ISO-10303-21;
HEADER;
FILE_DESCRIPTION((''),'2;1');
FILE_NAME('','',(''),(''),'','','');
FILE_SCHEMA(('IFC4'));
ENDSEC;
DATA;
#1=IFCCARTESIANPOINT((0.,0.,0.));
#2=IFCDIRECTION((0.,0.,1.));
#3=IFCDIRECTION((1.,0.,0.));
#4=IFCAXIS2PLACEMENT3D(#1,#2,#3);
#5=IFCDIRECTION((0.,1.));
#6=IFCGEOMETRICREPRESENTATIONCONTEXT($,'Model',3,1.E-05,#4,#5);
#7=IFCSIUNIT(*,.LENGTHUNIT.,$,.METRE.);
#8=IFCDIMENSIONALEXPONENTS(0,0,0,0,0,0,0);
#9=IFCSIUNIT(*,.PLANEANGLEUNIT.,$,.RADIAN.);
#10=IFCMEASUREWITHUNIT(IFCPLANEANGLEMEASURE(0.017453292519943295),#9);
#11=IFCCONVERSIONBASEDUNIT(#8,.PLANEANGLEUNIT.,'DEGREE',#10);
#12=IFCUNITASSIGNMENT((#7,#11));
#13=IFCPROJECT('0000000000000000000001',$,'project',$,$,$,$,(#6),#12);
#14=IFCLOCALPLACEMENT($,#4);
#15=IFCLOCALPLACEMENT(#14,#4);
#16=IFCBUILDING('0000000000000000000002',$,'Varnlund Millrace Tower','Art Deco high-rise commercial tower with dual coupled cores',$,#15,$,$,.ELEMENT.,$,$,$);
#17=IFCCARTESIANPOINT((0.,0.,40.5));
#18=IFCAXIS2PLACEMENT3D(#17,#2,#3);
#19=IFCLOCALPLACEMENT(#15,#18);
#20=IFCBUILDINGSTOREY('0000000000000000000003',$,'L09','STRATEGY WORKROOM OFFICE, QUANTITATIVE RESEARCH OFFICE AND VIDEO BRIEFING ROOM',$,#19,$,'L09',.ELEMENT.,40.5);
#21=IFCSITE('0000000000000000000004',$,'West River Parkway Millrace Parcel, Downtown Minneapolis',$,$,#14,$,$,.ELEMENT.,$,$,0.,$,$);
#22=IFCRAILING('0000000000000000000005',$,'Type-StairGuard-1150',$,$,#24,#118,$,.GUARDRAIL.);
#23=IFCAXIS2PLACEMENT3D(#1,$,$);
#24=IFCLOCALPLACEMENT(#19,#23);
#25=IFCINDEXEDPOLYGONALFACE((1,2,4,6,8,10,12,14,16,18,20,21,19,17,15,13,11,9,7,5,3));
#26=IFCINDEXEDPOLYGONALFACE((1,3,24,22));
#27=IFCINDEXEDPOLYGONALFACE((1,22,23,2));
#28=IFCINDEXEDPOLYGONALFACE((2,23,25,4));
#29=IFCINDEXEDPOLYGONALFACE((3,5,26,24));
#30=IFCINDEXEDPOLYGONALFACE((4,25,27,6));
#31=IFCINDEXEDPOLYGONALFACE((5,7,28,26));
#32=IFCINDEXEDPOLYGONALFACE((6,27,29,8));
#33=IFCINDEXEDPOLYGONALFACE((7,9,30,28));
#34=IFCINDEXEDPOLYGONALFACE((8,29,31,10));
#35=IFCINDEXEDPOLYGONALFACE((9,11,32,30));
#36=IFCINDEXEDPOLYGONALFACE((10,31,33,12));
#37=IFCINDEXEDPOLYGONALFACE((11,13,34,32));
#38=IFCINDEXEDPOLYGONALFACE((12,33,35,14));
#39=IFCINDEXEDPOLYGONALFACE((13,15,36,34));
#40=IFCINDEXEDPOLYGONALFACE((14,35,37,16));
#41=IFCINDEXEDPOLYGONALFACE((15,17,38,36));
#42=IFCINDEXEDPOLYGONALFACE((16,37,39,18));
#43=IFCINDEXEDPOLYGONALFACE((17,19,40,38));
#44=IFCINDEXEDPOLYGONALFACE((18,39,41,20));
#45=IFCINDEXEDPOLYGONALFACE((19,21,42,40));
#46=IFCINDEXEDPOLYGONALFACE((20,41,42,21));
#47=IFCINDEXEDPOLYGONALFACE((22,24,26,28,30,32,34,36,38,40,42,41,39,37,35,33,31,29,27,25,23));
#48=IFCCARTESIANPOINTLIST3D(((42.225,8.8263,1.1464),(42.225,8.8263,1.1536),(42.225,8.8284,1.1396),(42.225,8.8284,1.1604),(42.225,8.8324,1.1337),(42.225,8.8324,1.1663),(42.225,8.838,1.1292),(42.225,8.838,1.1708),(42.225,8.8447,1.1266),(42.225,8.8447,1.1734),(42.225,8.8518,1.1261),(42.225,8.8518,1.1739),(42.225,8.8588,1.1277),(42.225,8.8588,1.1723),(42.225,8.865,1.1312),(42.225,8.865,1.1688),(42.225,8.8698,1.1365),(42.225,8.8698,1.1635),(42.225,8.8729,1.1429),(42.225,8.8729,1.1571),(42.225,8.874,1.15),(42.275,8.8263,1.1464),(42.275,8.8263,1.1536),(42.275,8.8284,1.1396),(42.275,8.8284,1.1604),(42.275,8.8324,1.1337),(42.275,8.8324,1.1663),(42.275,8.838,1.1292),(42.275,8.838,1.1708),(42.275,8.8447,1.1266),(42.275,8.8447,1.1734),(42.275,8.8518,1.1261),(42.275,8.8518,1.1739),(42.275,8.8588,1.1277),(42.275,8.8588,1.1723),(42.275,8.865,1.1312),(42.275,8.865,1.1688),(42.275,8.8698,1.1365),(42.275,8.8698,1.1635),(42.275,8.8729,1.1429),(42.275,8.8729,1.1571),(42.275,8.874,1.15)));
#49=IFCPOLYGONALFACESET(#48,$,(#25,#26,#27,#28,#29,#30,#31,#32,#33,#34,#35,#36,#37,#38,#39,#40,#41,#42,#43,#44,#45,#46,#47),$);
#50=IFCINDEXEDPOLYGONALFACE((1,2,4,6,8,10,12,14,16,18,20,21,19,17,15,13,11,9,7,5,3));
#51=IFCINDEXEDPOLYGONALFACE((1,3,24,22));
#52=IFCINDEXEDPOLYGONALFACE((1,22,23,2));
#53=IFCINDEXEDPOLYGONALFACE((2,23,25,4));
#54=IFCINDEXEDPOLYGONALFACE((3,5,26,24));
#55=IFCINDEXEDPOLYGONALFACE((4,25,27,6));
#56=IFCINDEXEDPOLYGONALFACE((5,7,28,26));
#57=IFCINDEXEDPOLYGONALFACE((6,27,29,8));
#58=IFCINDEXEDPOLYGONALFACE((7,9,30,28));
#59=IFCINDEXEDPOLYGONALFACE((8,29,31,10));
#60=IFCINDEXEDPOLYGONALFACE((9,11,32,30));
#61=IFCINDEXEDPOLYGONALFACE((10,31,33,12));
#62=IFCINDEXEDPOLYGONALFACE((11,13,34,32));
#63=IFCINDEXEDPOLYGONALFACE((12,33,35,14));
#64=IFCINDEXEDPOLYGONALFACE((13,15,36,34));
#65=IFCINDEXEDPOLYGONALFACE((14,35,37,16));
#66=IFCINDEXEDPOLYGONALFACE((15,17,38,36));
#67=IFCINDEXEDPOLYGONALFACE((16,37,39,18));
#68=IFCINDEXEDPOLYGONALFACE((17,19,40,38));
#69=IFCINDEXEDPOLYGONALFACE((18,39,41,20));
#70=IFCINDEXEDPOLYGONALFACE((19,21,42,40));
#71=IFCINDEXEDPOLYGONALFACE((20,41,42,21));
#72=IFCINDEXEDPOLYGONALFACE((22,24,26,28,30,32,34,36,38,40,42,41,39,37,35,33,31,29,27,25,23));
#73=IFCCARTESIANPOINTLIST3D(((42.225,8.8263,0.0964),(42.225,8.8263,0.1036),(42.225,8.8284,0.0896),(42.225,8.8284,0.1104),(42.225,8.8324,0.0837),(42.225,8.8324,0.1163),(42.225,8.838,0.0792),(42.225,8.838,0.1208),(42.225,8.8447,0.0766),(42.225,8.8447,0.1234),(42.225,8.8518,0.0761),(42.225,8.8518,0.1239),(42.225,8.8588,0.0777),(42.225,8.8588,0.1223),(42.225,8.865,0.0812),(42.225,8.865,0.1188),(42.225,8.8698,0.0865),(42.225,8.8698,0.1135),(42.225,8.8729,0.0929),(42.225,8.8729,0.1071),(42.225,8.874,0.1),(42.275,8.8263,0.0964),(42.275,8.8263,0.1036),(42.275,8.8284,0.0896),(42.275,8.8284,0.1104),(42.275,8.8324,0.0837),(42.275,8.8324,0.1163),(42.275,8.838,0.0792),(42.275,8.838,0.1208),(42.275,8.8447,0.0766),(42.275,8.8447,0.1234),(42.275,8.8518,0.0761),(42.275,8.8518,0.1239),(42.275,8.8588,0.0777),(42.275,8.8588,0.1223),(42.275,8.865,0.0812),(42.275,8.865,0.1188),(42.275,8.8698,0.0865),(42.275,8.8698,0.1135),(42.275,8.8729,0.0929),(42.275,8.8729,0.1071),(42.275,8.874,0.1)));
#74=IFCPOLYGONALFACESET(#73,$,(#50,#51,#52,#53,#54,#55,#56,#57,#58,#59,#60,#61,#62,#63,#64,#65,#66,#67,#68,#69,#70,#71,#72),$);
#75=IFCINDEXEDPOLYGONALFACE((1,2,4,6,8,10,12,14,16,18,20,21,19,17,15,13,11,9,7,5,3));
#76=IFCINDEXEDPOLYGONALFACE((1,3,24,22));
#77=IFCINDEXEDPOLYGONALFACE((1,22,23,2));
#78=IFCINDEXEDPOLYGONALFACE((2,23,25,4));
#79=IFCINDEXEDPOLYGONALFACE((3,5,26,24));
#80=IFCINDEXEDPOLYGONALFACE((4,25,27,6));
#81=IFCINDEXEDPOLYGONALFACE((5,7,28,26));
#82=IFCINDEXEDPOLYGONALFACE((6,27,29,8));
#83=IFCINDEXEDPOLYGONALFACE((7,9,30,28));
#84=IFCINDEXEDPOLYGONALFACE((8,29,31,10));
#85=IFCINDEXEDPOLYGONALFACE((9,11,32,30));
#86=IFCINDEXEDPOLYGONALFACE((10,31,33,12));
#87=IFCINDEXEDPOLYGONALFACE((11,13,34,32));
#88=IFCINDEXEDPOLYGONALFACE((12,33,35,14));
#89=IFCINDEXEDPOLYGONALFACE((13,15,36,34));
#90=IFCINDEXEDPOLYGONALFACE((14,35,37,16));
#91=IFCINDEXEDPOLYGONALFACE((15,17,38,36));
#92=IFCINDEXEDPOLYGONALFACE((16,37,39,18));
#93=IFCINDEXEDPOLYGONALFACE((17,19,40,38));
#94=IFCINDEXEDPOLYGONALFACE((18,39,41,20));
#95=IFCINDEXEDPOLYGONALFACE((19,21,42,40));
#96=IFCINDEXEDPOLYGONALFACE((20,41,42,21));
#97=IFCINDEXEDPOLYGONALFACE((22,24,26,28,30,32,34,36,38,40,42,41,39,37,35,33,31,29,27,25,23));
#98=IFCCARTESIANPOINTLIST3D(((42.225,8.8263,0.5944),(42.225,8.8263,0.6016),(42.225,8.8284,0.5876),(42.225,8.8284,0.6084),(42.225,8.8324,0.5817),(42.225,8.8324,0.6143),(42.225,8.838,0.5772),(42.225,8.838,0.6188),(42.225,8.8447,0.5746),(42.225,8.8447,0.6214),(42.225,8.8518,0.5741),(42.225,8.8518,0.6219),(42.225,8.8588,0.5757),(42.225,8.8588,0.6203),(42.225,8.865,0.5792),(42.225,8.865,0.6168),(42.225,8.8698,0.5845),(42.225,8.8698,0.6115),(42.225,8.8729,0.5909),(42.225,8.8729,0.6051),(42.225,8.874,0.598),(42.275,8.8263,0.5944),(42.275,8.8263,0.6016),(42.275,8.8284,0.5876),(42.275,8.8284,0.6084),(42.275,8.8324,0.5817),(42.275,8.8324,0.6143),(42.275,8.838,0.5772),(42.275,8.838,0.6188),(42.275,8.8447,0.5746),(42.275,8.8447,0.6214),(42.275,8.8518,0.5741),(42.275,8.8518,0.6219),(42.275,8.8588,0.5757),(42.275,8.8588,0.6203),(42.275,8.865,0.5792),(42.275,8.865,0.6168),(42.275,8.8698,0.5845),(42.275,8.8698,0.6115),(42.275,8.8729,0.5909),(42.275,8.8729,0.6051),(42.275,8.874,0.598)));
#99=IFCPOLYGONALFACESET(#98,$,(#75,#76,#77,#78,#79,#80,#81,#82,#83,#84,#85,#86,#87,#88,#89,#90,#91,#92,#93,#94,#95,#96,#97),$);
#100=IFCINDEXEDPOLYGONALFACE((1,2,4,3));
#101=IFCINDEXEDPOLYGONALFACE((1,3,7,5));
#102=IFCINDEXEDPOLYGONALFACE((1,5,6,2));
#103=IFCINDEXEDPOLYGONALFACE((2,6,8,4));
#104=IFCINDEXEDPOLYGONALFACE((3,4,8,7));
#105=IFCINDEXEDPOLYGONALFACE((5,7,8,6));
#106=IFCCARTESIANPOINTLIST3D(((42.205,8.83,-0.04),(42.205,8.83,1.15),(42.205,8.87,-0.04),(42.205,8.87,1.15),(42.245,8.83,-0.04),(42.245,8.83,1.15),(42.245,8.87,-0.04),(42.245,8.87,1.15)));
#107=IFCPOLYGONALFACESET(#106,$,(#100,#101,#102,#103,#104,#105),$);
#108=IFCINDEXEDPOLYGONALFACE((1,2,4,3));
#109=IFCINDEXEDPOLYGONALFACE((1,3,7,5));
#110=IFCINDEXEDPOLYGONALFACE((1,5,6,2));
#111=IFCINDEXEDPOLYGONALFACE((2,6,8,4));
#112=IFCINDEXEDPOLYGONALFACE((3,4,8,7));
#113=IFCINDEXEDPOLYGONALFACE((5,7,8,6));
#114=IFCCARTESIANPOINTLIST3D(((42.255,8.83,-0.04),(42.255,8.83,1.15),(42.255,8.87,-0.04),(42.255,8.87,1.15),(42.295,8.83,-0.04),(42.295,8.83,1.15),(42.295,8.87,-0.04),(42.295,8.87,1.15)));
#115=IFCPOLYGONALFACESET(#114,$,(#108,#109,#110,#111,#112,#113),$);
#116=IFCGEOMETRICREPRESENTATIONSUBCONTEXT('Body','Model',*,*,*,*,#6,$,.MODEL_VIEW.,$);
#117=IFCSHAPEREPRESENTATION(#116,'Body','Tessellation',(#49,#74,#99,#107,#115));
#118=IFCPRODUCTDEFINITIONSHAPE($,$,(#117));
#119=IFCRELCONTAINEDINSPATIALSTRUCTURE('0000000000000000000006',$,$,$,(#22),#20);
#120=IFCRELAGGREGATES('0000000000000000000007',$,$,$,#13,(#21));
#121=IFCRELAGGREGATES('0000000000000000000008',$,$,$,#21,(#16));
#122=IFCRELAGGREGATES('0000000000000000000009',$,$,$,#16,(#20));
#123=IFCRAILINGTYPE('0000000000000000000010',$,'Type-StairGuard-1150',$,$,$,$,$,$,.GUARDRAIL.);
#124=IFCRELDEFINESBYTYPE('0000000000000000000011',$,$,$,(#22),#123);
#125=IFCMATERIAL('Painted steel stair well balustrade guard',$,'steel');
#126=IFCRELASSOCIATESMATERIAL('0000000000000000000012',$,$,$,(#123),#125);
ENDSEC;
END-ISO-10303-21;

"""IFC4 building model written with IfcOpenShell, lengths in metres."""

from ifc_helpers import new_model, entity, si_unit, converted_unit, direction, frame, origin_with_axes, origin_2d_with_axis, place, context, subcontext, project, spatial, rectangle, circle, extrude, material, type_object, element, save


model = new_model("IFC4")

# Units and contexts
model_context = context("Model", 3, precision=1e-05, world=origin_with_axes(), true_north=direction((0.0, 1.0)))
body_context = subcontext(model_context, "Body", "Model", "MODEL_VIEW")
ifc_project = project(units=[si_unit("LENGTHUNIT", "METRE"), converted_unit("PLANEANGLEUNIT", "DEGREE", entity("IfcPlaneAngleMeasure", 0.017453292519943295), si_unit("PLANEANGLEUNIT", "RADIAN"), dimensions=[0, 0, 0, 0, 0, 0, 0])], contexts=[model_context])

# Site, building, storey
site_placement = place(None, origin_with_axes())
site = spatial("IfcSite", under=ifc_project, at=site_placement, Name="West River Parkway Millrace Parcel, Downtown Minneapolis", CompositionType="ELEMENT", RefElevation=0.0)
building_placement = place(site_placement, origin_with_axes())
building = spatial("IfcBuilding", under=site, at=building_placement, Name="Varnlund Millrace Tower", Description="Art Deco high-rise commercial tower with dual coupled cores", CompositionType="ELEMENT")
storey_placement = place(building_placement, frame((0.0, 0.0, 40.5), z_axis=(0.0, 0.0, 1.0), x_axis=(1.0, 0.0, 0.0)))
storey = spatial("IfcBuildingStorey", under=building, at=storey_placement, Name="L09", Description="STRATEGY WORKROOM OFFICE, QUANTITATIVE RESEARCH OFFICE AND VIDEO BRIEFING ROOM", LongName="L09", CompositionType="ELEMENT", Elevation=40.5)

# Railing
ifc_material_1 = material(Name="Painted steel stair well balustrade guard", Category="steel")
railing_type_1 = type_object("IfcRailingType", Name="Type-StairGuard-1150", PredefinedType="GUARDRAIL", material=ifc_material_1)
railing_1_placement = place(storey_placement, frame((0.0, 0.0, -40.5), z_axis=(0.0, 0.0, 1.0), x_axis=(1.0, 0.0, 0.0)))
element("IfcRailing", 1, at=railing_1_placement, inside=storey, type_object=railing_type_1, Name="Type-StairGuard-1150", PredefinedType="GUARDRAIL", context=body_context, shape_type="SweptSolid", body=[
    extrude(circle(Radius=0.024, at=origin_2d_with_axis()), frame((42.225, 8.85, 41.65), z_axis=(1.0, 0.0, 0.0), x_axis=(0.0, 1.0, 0.0)), (0.0, 0.0, 1.0), 0.05),
    extrude(circle(Radius=0.024, at=origin_2d_with_axis()), frame((42.225, 8.85, 40.6), z_axis=(1.0, 0.0, 0.0), x_axis=(0.0, 1.0, 0.0)), (0.0, 0.0, 1.0), 0.05),
    extrude(circle(Radius=0.024, at=origin_2d_with_axis()), frame((42.225, 8.85, 41.098), z_axis=(1.0, 0.0, 0.0), x_axis=(0.0, 1.0, 0.0)), (0.0, 0.0, 1.0), 0.05),
    extrude(rectangle(XDim=0.04, YDim=0.04, at=origin_2d_with_axis()), frame((42.225, 8.85, 40.46), z_axis=(0.0, 0.0, 1.0), x_axis=(1.0, 0.0, 0.0)), (0.0, 0.0, 1.0), 1.19),
    extrude(rectangle(XDim=0.04, YDim=0.04, at=origin_2d_with_axis()), frame((42.275, 8.85, 40.46), z_axis=(0.0, 0.0, 1.0), x_axis=(1.0, 0.0, 0.0)), (0.0, 0.0, 1.0), 1.19),
])

save(model, "model.ifc")
